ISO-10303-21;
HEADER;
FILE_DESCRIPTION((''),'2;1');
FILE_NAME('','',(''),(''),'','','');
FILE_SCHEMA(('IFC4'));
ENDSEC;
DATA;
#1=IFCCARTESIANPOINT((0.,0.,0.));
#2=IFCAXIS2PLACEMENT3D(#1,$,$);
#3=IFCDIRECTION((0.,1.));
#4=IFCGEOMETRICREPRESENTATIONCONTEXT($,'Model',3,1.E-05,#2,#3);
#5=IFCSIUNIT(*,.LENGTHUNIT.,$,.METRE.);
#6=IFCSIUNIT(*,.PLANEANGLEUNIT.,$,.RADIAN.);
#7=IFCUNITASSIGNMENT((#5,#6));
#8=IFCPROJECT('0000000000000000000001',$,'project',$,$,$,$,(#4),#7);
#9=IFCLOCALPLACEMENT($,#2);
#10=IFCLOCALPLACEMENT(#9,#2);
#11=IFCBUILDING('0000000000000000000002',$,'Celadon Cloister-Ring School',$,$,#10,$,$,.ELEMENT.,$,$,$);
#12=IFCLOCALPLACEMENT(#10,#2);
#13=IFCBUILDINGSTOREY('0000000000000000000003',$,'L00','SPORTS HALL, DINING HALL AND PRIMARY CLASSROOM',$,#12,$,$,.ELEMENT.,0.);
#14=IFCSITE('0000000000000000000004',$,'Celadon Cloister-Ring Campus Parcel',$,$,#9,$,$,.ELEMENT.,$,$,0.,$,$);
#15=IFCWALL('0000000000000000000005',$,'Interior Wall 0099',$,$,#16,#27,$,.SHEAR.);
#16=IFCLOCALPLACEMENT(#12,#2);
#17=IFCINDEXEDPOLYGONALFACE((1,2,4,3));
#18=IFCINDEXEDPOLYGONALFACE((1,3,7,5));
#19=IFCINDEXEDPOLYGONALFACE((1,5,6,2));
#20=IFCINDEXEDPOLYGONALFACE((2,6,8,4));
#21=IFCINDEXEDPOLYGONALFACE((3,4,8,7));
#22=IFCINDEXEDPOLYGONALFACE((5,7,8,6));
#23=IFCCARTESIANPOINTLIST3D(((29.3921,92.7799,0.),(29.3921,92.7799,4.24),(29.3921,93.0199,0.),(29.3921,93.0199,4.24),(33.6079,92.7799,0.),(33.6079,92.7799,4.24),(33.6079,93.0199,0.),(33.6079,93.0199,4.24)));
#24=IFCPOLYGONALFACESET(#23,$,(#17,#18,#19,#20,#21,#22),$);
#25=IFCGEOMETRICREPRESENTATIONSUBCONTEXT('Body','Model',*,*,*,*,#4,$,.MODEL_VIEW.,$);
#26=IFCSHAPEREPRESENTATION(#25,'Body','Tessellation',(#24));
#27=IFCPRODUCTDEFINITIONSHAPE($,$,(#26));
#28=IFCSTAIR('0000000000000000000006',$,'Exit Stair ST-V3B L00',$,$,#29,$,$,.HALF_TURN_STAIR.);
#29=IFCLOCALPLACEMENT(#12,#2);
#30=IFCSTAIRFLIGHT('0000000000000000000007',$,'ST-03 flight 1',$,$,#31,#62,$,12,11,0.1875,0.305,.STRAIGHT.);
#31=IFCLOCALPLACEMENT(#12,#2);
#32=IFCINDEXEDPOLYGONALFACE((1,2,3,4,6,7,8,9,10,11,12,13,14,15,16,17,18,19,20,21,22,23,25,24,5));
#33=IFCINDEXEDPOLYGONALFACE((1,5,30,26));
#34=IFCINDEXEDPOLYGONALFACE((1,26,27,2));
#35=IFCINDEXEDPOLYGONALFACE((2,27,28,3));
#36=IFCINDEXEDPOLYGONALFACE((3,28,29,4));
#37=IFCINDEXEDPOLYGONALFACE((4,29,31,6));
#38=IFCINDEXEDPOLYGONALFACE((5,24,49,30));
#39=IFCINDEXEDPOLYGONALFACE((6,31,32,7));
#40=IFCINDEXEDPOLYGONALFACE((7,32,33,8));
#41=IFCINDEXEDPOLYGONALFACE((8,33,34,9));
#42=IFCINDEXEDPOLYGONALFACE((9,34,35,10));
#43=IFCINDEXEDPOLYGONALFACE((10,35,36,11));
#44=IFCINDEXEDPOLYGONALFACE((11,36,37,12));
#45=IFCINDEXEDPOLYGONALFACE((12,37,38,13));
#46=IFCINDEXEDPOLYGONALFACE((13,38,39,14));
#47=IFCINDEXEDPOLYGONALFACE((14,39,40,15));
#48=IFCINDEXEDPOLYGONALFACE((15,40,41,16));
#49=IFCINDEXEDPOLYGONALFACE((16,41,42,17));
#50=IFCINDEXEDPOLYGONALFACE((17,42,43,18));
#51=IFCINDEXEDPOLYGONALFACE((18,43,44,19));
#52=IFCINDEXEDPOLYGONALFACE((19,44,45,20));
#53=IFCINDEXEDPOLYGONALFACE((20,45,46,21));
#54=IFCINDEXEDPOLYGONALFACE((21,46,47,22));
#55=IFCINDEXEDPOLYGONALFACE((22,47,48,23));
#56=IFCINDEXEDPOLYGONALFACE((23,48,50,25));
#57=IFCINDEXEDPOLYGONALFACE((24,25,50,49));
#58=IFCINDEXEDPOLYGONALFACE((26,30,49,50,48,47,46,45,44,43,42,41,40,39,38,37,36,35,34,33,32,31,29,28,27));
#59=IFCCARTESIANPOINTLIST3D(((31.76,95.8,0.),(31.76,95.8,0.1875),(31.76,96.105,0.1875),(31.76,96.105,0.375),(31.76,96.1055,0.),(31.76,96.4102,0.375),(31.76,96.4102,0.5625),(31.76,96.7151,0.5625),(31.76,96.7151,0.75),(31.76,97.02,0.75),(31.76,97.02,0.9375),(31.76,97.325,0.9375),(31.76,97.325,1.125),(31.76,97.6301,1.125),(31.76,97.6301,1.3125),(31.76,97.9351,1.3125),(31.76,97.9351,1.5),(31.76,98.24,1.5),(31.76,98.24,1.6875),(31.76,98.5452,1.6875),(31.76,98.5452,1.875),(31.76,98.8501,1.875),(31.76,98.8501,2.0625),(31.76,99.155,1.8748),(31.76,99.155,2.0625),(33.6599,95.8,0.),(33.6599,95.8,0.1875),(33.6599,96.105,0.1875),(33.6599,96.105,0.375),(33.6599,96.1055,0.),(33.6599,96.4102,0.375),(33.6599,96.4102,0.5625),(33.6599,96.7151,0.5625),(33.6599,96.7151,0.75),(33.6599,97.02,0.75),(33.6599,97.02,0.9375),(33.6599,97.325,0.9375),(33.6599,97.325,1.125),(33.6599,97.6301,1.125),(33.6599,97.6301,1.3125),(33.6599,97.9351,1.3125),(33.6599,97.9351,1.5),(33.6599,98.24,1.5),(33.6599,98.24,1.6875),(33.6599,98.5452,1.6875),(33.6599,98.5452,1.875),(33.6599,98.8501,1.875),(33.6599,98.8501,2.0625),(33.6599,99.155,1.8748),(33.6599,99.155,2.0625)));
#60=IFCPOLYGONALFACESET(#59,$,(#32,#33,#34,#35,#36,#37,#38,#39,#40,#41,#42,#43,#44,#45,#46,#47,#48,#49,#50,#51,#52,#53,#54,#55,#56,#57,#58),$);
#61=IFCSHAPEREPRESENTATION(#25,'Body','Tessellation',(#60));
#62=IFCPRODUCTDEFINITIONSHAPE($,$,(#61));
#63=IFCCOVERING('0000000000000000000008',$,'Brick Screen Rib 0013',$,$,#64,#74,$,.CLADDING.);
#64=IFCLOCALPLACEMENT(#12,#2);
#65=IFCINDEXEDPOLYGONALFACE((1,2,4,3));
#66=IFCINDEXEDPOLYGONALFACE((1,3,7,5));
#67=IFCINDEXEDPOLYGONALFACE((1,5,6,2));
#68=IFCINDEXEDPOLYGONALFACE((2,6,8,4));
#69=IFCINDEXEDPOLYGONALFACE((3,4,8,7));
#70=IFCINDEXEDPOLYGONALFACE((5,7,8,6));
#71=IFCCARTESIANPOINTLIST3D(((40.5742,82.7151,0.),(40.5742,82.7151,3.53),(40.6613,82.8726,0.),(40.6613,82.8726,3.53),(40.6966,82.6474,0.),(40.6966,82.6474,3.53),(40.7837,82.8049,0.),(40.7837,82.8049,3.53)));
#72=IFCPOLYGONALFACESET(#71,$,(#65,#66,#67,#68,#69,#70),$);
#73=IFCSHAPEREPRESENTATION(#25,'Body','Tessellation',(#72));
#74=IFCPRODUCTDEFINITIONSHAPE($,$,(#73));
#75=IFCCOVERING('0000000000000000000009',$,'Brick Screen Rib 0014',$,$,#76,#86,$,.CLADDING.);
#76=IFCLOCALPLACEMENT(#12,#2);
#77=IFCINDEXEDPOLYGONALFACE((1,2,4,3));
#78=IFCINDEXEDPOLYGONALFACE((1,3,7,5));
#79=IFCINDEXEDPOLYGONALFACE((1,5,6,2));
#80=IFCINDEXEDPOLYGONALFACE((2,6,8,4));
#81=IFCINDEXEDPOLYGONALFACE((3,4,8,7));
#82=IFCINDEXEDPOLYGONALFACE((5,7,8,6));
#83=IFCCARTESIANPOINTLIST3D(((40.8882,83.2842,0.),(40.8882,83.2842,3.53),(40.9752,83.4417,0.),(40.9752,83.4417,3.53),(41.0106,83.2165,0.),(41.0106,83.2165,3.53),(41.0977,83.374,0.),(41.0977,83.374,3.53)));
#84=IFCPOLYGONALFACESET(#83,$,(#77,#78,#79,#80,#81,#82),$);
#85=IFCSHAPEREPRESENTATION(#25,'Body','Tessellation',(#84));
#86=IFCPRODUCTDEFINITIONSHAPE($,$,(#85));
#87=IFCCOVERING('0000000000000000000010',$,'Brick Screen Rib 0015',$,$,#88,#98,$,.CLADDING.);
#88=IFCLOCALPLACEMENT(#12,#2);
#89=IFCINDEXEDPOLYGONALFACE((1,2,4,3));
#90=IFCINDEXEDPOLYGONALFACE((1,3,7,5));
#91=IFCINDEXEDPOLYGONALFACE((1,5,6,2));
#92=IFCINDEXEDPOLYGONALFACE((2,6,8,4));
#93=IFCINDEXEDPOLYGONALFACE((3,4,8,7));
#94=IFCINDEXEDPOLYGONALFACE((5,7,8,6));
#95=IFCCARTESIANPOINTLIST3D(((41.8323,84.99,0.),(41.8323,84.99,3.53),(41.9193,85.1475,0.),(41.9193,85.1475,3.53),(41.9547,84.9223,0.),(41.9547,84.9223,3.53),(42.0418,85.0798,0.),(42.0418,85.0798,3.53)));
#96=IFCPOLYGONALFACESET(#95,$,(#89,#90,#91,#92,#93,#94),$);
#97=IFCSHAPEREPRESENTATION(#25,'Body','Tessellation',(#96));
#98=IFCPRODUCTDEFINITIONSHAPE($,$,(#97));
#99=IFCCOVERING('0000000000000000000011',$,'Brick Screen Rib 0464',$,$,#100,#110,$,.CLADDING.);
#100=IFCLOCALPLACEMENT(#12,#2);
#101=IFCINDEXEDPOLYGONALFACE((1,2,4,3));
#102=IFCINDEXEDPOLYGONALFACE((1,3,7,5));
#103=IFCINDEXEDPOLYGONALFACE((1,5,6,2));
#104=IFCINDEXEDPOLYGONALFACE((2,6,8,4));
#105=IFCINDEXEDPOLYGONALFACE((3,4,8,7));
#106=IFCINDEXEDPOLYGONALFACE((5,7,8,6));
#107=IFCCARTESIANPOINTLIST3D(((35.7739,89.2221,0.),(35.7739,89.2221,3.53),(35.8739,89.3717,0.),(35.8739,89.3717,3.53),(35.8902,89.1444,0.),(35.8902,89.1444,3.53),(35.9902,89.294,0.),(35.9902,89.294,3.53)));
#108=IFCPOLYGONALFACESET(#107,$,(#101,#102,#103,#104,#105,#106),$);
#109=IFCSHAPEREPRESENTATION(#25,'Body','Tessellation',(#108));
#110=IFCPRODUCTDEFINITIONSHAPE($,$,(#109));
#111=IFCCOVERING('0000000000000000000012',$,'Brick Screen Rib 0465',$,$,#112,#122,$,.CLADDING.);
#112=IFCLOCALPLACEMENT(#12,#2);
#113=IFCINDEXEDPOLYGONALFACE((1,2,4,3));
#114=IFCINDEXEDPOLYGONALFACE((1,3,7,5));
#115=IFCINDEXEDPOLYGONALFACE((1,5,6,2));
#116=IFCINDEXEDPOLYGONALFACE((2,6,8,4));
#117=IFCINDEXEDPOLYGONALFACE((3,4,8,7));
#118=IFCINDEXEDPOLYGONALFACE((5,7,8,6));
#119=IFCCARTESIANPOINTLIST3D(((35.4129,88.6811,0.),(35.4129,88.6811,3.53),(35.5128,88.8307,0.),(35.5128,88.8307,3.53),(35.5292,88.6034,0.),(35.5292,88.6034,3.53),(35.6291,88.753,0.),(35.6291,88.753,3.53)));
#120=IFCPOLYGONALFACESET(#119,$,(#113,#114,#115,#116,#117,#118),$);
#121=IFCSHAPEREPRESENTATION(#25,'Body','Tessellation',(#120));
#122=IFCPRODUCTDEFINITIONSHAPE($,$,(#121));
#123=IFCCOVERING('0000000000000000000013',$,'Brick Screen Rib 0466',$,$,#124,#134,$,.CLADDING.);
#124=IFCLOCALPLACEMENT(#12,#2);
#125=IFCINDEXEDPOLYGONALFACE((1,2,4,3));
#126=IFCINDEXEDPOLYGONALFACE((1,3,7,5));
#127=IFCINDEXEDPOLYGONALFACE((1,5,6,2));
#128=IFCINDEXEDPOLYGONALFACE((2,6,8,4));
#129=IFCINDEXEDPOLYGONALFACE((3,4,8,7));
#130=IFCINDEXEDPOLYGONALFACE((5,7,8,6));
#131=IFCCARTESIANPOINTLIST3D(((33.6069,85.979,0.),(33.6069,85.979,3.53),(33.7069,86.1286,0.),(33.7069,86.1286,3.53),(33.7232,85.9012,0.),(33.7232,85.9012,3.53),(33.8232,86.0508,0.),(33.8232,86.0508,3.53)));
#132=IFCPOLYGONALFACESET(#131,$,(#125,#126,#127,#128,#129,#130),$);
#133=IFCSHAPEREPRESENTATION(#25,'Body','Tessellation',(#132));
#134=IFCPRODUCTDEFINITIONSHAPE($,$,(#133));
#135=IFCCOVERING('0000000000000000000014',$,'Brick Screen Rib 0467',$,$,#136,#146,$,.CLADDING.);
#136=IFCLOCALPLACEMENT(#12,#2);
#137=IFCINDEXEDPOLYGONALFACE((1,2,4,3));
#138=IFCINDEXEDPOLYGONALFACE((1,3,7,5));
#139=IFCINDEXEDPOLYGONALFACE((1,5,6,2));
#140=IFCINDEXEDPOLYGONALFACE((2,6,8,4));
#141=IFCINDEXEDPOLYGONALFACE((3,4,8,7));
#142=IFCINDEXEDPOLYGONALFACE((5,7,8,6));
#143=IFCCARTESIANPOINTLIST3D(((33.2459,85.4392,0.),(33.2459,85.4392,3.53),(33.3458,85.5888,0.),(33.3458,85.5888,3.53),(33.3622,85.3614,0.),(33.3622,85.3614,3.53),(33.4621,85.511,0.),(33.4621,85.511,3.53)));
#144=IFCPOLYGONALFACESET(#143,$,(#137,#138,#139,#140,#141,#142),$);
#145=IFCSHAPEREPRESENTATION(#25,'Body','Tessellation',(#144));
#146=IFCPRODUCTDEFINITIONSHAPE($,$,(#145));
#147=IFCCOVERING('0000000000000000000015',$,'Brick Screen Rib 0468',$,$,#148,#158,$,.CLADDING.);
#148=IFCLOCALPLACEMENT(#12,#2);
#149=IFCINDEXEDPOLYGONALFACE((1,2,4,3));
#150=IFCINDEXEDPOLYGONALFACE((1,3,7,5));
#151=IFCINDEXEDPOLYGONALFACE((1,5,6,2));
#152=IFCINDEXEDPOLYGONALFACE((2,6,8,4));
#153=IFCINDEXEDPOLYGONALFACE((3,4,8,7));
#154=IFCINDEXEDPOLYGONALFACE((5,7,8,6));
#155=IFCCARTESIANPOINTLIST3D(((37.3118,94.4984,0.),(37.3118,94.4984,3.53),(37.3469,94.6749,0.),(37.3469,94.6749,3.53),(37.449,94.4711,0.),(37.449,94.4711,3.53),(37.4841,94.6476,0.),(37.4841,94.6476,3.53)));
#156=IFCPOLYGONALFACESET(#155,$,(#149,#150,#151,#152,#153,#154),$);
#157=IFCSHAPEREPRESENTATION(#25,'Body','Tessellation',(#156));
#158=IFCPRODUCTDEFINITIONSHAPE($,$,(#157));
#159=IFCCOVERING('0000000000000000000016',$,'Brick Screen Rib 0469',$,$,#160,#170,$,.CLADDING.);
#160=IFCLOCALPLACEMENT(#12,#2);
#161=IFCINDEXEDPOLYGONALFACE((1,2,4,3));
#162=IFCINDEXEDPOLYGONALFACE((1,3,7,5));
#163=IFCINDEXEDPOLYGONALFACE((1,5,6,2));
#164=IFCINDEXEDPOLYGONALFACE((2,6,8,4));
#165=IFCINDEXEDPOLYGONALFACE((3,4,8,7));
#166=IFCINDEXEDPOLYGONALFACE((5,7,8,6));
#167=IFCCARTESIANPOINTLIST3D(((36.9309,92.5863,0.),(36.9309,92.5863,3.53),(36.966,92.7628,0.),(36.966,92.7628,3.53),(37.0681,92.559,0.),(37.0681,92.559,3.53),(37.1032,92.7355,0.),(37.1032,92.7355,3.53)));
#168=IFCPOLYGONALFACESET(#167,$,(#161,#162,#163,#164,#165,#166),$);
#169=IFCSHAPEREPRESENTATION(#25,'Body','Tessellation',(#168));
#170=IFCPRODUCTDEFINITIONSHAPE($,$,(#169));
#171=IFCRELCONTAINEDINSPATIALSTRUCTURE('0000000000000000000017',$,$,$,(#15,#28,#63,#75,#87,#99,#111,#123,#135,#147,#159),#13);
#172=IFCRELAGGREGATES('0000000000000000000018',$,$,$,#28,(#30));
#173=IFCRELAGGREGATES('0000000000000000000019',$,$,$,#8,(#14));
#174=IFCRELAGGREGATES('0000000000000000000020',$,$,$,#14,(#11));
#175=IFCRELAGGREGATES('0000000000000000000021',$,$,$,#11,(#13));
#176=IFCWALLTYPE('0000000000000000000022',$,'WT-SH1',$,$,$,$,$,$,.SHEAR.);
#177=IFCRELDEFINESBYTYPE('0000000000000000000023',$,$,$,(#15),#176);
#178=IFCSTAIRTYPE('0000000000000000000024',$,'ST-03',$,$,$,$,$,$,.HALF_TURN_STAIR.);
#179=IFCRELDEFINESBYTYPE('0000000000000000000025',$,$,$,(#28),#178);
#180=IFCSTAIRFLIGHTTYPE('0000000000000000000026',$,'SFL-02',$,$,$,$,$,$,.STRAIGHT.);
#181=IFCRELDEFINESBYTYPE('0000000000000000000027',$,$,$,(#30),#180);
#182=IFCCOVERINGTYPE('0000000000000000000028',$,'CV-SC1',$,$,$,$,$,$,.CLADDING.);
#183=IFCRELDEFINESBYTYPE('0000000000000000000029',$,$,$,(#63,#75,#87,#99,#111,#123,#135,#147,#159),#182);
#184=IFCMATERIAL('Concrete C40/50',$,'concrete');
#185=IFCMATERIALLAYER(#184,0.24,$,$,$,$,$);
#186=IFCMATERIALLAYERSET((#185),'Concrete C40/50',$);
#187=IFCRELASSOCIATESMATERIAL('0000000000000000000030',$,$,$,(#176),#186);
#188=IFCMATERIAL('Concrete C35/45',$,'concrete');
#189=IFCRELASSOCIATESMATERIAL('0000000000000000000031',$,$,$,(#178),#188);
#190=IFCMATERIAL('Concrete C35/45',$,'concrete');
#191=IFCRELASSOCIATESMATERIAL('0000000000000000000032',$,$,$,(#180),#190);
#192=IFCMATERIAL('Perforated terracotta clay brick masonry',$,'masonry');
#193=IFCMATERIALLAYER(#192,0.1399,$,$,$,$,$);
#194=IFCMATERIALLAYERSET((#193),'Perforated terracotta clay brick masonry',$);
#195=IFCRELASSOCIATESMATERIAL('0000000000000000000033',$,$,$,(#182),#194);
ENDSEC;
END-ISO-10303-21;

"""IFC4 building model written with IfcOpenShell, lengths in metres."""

from ifc_helpers import new_model, si_unit, direction, frame, frame_2d, origin, origin_2d, place, context, subcontext, project, spatial, polyline, rectangle, outline, extrude, material, layer, layer_set, type_object, element, aggregate, save


model = new_model("IFC4")

# Units and contexts
model_context = context("Model", 3, precision=1e-05, world=origin(), true_north=direction((0.0, 1.0)))
body_context = subcontext(model_context, "Body", "Model", "MODEL_VIEW")
ifc_project = project(units=[si_unit("LENGTHUNIT", "METRE"), si_unit("PLANEANGLEUNIT", "RADIAN")], contexts=[model_context])

# Site, building, storey
site_placement = place(None, origin())
site = spatial("IfcSite", under=ifc_project, at=site_placement, Name="Celadon Cloister-Ring Campus Parcel", CompositionType="ELEMENT", RefElevation=0.0)
building_placement = place(site_placement, origin())
building = spatial("IfcBuilding", under=site, at=building_placement, Name="Celadon Cloister-Ring School", CompositionType="ELEMENT")
storey_placement = place(building_placement, origin())
storey = spatial("IfcBuildingStorey", under=building, at=storey_placement, Name="L00", Description="SPORTS HALL, DINING HALL AND PRIMARY CLASSROOM", CompositionType="ELEMENT", Elevation=0.0)

# Wall
ifc_material_1 = material(Name="Concrete C40/50", Category="concrete")
ifc_layer_1 = layer(ifc_material_1, 0.24)
ifc_layer_set_1 = layer_set([ifc_layer_1], Name="Concrete C40/50")
wall_type_1 = type_object("IfcWallType", Name="WT-SH1", PredefinedType="SHEAR", material=ifc_layer_set_1)
wall_1_placement = place(storey_placement, frame((33.6079, 92.8999, 0.0), z_axis=(0.0, 0.0, 1.0), x_axis=(-1.0, 0.0, 0.0)))
element("IfcWall", 1, at=wall_1_placement, inside=storey, type_object=wall_type_1, Name="Interior Wall 0099", PredefinedType="SHEAR", context=body_context, shape_type="SweptSolid", body=[
    extrude(rectangle(XDim=4.2158, YDim=0.24, at=frame_2d((2.1079, 0.0))), origin(), (0.0, 0.0, 1.0), 4.24),
])

# Stair, stair flight
ifc_material_2 = material(Name="Concrete C35/45", Category="concrete")
stair_type = type_object("IfcStairType", Name="ST-03", PredefinedType="HALF_TURN_STAIR", material=ifc_material_2)
stair_placement = place(storey_placement, origin())
stair = element("IfcStair", 2, at=stair_placement, inside=storey, type_object=stair_type, Name="Exit Stair ST-V3B L00", PredefinedType="HALF_TURN_STAIR")
ifc_material_3 = material(Name="Concrete C35/45", Category="concrete")
stair_flight_type = type_object("IfcStairFlightType", Name="SFL-02", PredefinedType="STRAIGHT", material=ifc_material_3)
stair_flight_placement = place(storey_placement, frame((32.71, 95.8, 0.0), z_axis=(0.0, 0.0, 1.0), x_axis=(0.0, 1.0, 0.0)))
stair_flight = element("IfcStairFlight", 3, at=stair_flight_placement, type_object=stair_flight_type, Name="ST-03 flight 1", NumberOfRisers=12, NumberOfTreads=11, PredefinedType="STRAIGHT", RiserHeight=0.1875, TreadLength=0.305, context=body_context, shape_type="SweptSolid", body=[
    extrude(outline(polyline([(0.0, 0.0), (0.0, 0.1875), (0.3049, 0.1875), (0.3049, 0.375), (0.6101, 0.375), (0.6101, 0.5625), (0.915, 0.5625), (0.915, 0.75), (1.22, 0.75), (1.22, 0.9375), (1.5249, 0.9375), (1.5249, 1.125), (1.8301, 1.125), (1.8301, 1.3125), (2.135, 1.3125), (2.135, 1.5), (2.4399, 1.5), (2.4399, 1.6875), (2.7451, 1.6875), (2.7451, 1.875), (3.05, 1.875), (3.05, 2.0625), (3.355, 2.0625), (3.355, 2.25), (3.355, 1.8748), (0.3054, 0.0), (0.0, 0.0)])), frame((0.0, 0.95, 0.0), z_axis=(0.0, -1.0, 0.0), x_axis=(1.0, 0.0, 0.0)), (0.0, 0.0, 1.0), 1.8999),
])
aggregate(stair, [stair_flight])

# Coverings
ifc_material_4 = material(Name="Perforated terracotta clay brick masonry", Category="masonry")
ifc_layer_2 = layer(ifc_material_4, 0.1399)
ifc_layer_set_2 = layer_set([ifc_layer_2], Name="Perforated terracotta clay brick masonry")
covering_type = type_object("IfcCoveringType", Name="CV-SC1", PredefinedType="CLADDING", material=ifc_layer_set_2)
for number, where, z_axis, x_axis, name in (
    (4, (40.679, 82.76, 0.0), (0.0, 0.0, 1.0), (0.483863, 0.875144, 0.0), "Brick Screen Rib 0013"),
    (5, (40.9929, 83.3291, 0.0), (0.0, 0.0, 1.0), (0.483863, 0.875144, 0.0), "Brick Screen Rib 0014"),
    (6, (41.937, 85.0349, 0.0), (0.0, 0.0, 1.0), (0.483863, 0.875144, 0.0), "Brick Screen Rib 0015"),
    (7, (35.8821, 89.2581, 0.0), (0.0, 0.0, 1.0), (-0.555686, -0.831392, 0.0), "Brick Screen Rib 0464"),
    (8, (35.521, 88.717, 0.0), (0.0, 0.0, 1.0), (-0.555686, -0.831392, 0.0), "Brick Screen Rib 0465"),
    (9, (33.7151, 86.0149, 0.0), (0.0, 0.0, 1.0), (-0.555686, -0.831392, 0.0), "Brick Screen Rib 0466"),
    (10, (33.354, 85.4751, 0.0), (0.0, 0.0, 1.0), (-0.555686, -0.831392, 0.0), "Brick Screen Rib 0467"),
    (11, (37.3979, 94.573, 0.0), (0.0, 0.0, 1.0), (-0.195142, -0.980775, 0.0), "Brick Screen Rib 0468"),
    (12, (37.0171, 92.6609, 0.0), (0.0, 0.0, 1.0), (-0.195142, -0.980775, 0.0), "Brick Screen Rib 0469"),
):
    element("IfcCovering", number, at=place(storey_placement, frame(where, z_axis=z_axis, x_axis=x_axis)), inside=storey, type_object=covering_type, Name=name, PredefinedType="CLADDING", context=body_context, shape_type="SweptSolid", body=[
        extrude(rectangle(XDim=0.1799, YDim=0.1399, at=origin_2d()), origin(), (0.0, 0.0, 1.0), 3.53),
    ])

save(model, "model.ifc")
